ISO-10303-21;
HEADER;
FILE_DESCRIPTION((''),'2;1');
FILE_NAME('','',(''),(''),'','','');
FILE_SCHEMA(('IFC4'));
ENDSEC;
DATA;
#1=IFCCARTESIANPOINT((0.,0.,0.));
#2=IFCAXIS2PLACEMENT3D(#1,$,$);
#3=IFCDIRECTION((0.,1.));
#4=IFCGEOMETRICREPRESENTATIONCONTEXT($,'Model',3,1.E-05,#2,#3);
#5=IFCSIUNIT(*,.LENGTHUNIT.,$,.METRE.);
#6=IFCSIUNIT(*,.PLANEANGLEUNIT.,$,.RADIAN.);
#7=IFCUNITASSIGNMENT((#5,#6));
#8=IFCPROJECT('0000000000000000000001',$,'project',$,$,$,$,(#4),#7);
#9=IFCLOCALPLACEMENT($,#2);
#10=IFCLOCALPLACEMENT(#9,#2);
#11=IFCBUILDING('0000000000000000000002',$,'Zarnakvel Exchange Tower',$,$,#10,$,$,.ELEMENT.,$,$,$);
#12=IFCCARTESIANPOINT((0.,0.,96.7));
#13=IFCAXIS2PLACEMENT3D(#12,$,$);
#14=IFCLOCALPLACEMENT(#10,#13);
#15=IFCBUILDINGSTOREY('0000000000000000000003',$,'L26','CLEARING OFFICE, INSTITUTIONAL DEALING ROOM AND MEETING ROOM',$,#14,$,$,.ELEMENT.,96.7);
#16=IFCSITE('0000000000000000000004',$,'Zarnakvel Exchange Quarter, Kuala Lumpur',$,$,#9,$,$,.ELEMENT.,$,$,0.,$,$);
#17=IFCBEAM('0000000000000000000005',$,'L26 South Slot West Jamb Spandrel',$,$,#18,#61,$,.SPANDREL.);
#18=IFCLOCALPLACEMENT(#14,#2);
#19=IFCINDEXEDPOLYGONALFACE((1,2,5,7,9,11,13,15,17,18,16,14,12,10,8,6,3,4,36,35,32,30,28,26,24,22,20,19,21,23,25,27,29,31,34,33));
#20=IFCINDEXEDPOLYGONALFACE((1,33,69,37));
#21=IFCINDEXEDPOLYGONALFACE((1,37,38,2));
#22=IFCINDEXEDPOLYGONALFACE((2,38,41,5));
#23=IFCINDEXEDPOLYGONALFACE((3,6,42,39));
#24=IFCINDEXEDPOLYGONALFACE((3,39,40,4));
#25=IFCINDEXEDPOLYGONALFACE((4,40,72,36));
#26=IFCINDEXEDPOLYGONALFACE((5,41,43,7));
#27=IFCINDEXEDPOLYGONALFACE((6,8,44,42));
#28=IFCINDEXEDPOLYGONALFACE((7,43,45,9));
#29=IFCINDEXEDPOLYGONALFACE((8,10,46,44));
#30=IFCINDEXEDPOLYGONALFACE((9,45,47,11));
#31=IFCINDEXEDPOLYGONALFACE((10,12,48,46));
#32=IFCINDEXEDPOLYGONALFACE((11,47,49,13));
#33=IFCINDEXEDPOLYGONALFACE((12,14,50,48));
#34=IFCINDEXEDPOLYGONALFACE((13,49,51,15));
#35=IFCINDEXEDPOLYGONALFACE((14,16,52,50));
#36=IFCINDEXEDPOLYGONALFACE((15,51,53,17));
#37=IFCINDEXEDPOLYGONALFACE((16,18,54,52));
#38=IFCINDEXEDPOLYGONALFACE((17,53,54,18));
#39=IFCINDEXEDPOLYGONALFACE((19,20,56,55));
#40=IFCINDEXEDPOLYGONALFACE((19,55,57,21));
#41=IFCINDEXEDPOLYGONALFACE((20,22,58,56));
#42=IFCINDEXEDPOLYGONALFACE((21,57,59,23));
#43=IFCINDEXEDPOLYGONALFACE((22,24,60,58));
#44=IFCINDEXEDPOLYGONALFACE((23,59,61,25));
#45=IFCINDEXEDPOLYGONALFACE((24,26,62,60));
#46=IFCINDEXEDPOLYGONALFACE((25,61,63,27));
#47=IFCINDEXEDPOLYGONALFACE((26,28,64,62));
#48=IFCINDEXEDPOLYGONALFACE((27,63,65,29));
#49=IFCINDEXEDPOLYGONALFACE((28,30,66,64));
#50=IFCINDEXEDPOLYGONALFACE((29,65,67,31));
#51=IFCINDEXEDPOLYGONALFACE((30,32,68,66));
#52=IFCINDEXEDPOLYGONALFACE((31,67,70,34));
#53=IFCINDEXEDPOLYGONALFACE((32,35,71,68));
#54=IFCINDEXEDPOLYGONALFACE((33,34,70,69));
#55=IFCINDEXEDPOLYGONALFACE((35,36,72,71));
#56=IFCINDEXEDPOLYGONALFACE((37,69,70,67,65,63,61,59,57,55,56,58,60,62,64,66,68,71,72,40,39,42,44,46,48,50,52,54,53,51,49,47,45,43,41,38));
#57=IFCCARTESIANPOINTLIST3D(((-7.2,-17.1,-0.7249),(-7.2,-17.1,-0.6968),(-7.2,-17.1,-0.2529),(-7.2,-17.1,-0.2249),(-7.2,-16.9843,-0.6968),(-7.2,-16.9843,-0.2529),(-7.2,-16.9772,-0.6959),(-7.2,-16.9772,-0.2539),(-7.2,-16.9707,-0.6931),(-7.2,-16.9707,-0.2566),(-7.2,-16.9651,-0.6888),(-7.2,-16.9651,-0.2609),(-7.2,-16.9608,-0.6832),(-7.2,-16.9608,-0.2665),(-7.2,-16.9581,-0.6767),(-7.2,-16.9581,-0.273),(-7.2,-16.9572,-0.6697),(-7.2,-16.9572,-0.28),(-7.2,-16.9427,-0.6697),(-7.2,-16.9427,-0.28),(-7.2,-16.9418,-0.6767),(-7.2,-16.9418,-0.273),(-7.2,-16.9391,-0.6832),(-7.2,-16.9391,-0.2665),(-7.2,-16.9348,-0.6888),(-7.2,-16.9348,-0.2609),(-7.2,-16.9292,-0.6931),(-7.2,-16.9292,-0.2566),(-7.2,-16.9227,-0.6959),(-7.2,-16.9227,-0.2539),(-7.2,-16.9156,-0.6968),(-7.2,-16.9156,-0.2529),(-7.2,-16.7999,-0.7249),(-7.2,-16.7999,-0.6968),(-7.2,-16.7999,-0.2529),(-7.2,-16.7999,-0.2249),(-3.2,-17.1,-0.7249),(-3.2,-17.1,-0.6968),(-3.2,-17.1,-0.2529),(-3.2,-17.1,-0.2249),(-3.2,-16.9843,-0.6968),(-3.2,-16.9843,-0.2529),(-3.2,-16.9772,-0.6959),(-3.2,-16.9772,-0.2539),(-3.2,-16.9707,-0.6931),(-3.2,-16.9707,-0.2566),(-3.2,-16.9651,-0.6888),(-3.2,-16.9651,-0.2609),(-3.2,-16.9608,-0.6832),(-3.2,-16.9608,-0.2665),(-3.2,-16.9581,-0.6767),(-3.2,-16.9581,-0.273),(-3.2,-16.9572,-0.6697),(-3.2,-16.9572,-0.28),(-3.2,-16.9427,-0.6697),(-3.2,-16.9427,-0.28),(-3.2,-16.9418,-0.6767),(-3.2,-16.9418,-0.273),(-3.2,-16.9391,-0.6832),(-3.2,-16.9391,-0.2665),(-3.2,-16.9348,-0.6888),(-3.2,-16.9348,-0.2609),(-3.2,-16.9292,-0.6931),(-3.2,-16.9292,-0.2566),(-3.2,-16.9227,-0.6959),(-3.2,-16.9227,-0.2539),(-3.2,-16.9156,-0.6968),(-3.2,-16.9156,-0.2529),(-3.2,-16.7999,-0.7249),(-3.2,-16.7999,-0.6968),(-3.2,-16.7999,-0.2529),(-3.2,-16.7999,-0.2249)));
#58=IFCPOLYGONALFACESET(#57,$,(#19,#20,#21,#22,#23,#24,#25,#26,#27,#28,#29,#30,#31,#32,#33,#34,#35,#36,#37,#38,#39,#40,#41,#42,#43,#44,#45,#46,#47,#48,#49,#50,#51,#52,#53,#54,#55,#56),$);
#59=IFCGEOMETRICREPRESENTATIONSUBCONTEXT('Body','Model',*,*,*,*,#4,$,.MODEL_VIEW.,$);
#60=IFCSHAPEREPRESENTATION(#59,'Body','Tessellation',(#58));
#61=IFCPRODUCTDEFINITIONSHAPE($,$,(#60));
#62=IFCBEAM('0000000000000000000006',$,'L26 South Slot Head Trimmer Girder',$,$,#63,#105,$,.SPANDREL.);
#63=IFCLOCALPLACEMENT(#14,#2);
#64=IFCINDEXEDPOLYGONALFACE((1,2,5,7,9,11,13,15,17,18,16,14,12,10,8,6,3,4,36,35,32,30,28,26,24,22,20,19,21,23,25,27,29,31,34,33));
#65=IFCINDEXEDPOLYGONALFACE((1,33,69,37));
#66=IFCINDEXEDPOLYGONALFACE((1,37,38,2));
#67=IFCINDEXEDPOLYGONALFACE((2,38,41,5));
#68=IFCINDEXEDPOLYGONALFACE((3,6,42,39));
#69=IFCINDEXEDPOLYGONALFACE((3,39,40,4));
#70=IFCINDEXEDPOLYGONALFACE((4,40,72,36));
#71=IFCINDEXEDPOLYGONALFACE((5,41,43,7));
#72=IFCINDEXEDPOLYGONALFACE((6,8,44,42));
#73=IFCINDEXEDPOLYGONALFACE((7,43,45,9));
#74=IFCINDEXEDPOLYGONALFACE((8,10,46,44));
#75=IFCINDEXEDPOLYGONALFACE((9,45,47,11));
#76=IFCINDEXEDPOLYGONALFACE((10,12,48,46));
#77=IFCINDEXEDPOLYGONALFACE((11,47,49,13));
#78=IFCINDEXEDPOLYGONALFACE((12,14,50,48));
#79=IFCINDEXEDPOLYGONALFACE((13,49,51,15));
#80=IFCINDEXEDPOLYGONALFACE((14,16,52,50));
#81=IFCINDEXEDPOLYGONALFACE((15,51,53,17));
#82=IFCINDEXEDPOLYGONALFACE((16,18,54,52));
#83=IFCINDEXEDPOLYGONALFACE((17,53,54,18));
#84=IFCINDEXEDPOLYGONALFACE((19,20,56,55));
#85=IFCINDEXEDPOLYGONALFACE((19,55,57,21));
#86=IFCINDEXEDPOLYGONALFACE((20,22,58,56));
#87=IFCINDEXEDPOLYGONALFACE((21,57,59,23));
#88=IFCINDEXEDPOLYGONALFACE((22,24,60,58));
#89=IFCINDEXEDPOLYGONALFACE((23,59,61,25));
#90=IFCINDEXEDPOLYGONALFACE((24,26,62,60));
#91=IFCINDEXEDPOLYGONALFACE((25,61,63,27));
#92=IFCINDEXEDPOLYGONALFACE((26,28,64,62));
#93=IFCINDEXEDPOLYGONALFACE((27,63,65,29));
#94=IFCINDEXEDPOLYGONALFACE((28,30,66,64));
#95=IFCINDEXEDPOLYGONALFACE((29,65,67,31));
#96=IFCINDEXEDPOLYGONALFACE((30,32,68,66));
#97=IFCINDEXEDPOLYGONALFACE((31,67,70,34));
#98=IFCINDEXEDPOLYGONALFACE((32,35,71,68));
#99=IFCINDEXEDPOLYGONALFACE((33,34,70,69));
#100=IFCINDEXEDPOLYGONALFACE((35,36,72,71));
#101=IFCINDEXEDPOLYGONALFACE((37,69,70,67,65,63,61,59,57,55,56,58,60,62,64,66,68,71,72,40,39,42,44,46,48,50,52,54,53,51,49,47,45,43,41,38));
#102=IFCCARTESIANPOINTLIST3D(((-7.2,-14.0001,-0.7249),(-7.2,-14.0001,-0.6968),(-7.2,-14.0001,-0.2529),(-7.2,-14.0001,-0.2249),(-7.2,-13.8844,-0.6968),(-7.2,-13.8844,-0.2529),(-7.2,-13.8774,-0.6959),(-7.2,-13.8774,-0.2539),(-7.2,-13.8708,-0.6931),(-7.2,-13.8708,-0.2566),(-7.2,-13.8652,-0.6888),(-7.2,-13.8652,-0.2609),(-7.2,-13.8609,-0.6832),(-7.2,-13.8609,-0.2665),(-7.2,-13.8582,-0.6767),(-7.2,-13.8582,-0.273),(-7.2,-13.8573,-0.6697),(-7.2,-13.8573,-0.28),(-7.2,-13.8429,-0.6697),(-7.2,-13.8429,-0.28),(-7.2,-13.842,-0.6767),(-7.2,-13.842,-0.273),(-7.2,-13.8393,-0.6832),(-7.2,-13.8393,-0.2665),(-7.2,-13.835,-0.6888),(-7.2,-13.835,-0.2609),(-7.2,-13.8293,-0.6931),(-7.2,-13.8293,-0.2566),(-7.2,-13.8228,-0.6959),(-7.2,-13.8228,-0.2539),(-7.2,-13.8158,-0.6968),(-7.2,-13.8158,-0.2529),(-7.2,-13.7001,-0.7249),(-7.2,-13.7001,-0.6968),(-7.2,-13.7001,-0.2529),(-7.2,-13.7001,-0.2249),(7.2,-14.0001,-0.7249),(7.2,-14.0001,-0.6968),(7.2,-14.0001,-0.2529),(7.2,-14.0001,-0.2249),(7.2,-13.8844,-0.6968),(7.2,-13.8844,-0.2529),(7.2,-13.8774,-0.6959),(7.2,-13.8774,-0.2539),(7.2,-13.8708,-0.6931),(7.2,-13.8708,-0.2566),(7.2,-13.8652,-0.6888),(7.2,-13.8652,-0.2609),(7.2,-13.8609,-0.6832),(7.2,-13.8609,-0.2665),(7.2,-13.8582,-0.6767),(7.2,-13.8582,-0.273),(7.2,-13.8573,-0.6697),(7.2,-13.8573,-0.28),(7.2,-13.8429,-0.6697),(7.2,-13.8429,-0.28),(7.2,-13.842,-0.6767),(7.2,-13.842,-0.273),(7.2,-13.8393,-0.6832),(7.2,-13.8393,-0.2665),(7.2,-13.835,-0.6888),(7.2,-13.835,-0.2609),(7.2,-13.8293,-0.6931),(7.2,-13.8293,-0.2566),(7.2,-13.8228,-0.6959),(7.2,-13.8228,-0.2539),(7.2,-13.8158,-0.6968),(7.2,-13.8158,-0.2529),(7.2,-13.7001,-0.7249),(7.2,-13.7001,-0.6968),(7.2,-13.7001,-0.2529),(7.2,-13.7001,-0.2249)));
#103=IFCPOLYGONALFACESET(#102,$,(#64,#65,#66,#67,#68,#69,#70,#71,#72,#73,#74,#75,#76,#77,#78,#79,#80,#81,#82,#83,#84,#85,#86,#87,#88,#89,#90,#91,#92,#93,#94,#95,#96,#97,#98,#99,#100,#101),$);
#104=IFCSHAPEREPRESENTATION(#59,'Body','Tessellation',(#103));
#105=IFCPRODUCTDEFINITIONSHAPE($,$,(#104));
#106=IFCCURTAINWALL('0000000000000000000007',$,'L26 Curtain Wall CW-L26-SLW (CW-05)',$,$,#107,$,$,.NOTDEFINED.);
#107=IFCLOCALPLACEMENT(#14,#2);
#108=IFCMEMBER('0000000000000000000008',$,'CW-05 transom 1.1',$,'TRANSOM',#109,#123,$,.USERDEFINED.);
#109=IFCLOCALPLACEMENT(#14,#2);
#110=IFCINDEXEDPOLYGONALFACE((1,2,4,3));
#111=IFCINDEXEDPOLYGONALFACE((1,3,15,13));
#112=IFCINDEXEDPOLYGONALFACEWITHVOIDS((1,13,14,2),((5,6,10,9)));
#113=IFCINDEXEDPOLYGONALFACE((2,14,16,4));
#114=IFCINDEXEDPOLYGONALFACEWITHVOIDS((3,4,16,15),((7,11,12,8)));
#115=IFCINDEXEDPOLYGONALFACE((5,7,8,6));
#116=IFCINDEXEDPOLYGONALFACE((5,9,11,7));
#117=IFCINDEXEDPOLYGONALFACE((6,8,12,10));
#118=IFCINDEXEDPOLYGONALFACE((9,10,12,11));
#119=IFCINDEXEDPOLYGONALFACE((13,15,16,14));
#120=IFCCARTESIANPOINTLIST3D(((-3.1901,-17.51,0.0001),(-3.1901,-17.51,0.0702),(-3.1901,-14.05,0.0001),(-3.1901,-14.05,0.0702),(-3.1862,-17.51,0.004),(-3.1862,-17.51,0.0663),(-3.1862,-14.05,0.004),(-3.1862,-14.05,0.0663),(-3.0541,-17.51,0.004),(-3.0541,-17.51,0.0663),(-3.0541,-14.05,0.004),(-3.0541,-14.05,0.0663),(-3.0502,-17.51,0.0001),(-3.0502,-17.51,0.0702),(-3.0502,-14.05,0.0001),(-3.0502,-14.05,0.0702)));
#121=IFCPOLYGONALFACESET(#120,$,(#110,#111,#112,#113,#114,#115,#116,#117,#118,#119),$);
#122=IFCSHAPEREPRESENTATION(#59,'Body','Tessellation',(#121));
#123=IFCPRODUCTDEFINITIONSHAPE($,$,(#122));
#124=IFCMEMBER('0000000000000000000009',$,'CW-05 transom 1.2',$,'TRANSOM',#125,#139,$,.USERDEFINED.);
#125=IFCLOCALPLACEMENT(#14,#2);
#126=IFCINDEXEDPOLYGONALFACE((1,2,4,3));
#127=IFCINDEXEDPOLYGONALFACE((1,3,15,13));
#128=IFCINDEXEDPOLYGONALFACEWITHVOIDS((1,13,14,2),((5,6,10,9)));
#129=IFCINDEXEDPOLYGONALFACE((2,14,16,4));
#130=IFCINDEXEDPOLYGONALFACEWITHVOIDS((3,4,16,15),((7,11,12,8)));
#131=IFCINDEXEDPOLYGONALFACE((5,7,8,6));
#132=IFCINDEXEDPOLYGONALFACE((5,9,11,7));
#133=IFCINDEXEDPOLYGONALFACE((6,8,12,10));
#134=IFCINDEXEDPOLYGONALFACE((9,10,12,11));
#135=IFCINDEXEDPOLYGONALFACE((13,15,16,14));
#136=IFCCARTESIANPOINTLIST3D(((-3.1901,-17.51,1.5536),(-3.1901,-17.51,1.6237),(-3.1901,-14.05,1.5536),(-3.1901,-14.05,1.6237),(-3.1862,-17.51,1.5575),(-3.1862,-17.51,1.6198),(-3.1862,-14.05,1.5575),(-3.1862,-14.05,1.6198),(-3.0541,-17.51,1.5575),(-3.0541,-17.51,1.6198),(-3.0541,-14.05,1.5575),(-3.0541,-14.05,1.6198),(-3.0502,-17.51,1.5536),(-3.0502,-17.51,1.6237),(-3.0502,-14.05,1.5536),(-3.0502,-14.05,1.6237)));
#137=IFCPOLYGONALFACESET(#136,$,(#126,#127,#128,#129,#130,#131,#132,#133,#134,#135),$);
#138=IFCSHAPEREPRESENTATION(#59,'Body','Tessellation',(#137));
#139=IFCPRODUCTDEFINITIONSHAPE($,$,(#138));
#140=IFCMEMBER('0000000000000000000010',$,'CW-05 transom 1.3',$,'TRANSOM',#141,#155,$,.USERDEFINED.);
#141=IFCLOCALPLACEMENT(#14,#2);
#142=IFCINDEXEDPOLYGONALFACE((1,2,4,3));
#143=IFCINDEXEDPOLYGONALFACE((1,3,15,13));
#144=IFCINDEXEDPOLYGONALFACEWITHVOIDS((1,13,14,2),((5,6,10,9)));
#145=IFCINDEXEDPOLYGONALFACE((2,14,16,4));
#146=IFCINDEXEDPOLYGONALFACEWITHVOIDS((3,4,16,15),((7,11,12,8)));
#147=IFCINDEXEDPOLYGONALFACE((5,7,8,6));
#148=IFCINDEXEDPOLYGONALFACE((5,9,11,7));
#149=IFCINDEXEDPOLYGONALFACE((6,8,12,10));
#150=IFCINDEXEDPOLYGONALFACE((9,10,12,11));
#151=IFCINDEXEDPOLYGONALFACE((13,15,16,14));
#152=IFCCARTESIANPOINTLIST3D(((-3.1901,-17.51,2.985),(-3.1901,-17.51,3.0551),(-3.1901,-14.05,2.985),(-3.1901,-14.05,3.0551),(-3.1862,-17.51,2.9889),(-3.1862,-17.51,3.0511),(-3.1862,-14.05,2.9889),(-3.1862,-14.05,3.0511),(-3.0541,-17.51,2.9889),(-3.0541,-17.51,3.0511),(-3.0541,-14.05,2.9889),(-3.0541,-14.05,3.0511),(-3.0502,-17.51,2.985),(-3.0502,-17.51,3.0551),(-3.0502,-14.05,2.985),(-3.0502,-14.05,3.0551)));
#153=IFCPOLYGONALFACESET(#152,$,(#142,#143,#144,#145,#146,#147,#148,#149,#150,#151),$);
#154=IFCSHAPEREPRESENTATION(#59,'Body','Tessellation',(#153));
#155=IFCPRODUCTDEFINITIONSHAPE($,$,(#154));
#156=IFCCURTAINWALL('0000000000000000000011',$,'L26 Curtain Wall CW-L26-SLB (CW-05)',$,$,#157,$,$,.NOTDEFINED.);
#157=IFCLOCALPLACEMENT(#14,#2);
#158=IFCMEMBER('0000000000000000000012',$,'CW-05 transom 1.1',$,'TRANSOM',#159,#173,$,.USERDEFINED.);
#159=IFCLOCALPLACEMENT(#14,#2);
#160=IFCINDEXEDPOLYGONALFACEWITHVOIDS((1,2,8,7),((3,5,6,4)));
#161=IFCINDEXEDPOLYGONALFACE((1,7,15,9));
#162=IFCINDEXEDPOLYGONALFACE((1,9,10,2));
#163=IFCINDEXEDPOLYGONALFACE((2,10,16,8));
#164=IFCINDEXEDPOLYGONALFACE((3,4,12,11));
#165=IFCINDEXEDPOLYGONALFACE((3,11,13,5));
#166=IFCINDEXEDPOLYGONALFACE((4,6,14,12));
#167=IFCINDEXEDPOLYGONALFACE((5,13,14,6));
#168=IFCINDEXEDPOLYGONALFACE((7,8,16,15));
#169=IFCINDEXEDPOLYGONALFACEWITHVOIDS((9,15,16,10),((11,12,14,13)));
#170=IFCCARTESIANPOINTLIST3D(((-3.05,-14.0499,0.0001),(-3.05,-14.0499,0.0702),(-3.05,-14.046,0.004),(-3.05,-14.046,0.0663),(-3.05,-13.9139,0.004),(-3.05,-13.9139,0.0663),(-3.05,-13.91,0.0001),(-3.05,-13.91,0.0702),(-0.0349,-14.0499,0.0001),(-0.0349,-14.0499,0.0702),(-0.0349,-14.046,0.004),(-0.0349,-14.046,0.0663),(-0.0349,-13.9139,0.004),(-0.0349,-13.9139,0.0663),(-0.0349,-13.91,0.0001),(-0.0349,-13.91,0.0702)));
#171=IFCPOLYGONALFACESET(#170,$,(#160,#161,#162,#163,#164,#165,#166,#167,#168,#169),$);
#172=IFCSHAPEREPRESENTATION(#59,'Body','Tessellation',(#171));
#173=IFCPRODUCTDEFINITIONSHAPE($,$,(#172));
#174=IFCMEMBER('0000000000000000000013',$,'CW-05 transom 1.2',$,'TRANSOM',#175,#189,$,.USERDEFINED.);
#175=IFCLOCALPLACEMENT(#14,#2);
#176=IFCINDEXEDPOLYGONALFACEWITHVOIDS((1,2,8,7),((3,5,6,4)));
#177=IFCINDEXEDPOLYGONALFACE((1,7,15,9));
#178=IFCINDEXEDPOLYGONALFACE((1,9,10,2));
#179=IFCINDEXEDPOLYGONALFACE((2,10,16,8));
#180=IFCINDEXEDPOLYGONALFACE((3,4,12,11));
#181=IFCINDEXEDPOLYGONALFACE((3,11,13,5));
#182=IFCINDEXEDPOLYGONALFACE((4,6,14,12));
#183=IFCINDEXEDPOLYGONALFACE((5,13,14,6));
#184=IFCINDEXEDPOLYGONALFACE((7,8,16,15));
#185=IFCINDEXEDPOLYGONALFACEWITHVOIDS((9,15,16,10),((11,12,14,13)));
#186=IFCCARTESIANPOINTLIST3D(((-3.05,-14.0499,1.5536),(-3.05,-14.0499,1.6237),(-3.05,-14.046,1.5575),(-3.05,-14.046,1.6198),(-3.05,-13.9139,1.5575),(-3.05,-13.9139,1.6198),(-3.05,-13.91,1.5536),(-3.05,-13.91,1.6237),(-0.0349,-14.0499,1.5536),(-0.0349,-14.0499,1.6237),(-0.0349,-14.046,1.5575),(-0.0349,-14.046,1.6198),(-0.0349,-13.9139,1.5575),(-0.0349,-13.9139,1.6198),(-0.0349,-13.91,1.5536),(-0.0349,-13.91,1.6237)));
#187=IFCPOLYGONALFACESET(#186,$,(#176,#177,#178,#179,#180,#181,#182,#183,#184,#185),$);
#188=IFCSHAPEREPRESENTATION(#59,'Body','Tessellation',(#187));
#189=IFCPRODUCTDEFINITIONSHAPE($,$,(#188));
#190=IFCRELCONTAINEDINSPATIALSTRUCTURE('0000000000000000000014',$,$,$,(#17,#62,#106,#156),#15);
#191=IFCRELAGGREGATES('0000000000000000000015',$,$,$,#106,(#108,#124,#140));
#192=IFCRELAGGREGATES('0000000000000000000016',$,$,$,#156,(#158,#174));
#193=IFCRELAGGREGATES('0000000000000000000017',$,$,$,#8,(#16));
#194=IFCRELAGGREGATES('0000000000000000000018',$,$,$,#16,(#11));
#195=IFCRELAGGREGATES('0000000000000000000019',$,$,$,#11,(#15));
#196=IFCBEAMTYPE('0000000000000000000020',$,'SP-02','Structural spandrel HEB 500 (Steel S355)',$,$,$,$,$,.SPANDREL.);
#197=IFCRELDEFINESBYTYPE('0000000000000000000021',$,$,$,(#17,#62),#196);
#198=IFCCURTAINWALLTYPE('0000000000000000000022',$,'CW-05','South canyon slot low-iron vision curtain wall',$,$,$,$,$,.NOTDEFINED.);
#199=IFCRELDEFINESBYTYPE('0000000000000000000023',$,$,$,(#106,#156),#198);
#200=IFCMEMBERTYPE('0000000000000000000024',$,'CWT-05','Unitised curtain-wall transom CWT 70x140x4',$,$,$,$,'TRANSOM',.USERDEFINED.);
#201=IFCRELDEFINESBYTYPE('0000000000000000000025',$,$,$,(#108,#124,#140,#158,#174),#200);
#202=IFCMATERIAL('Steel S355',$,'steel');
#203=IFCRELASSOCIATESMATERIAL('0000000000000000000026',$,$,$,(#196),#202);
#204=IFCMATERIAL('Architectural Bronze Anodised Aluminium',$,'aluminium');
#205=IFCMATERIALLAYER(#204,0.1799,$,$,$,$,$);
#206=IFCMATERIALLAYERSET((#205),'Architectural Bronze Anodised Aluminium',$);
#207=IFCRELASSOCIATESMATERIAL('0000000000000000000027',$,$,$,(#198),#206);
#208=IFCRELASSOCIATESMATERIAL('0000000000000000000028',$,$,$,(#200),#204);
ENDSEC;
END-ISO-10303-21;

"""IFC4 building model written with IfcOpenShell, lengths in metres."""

from ifc_helpers import new_model, si_unit, direction, frame, origin, origin_2d, place, context, subcontext, project, spatial, hollow_rectangle, i_section, extrude, source, transform, mapped, material, layer, layer_set, material_profile, profile_set, type_object, element, aggregate, save


model = new_model("IFC4")

# Units and contexts
model_context = context("Model", 3, precision=1e-05, world=origin(), true_north=direction((0.0, 1.0)))
body_context = subcontext(model_context, "Body", "Model", "MODEL_VIEW")
ifc_project = project(units=[si_unit("LENGTHUNIT", "METRE"), si_unit("PLANEANGLEUNIT", "RADIAN")], contexts=[model_context])

# Site, building, storey
site_placement = place(None, origin())
site = spatial("IfcSite", under=ifc_project, at=site_placement, Name="Zarnakvel Exchange Quarter, Kuala Lumpur", CompositionType="ELEMENT", RefElevation=0.0)
building_placement = place(site_placement, origin())
building = spatial("IfcBuilding", under=site, at=building_placement, Name="Zarnakvel Exchange Tower", CompositionType="ELEMENT")
storey_placement = place(building_placement, frame((0.0, 0.0, 96.7)))
storey = spatial("IfcBuildingStorey", under=building, at=storey_placement, Name="L26", Description="CLEARING OFFICE, INSTITUTIONAL DEALING ROOM AND MEETING ROOM", CompositionType="ELEMENT", Elevation=96.7)

# Beams
ifc_material_1 = material(Name="Steel S355", Category="steel")
ifc_material_profile_1 = material_profile(ifc_material_1, i_section(OverallWidth=0.3, OverallDepth=0.5, WebThickness=0.0144, FlangeThickness=0.0281, FilletRadius=0.0271, at=origin_2d()))
ifc_profile_set_1 = profile_set([ifc_material_profile_1], Name="Steel S355")
beam_type_1 = type_object("IfcBeamType", Name="SP-02", Description="Structural spandrel HEB 500 (Steel S355)", PredefinedType="SPANDREL", material=ifc_profile_set_1)
beam_1_placement = place(storey_placement, frame((-7.2, -16.95, -0.4749), z_axis=(1.0, 0.0, 0.0), x_axis=(0.0, 1.0, 0.0)))
element("IfcBeam", 1, at=beam_1_placement, inside=storey, type_object=beam_type_1, Name="L26 South Slot West Jamb Spandrel", PredefinedType="SPANDREL", context=body_context, shape_type="SweptSolid", body=[
    extrude(i_section(OverallWidth=0.3, OverallDepth=0.5, WebThickness=0.0144, FlangeThickness=0.0281, FilletRadius=0.0271, at=origin_2d()), origin(), (0.0, 0.0, 1.0), 4.0),
])
beam_2_placement = place(storey_placement, frame((-7.2, -13.8501, -0.4749), z_axis=(1.0, 0.0, 0.0), x_axis=(0.0, 1.0, 0.0)))
element("IfcBeam", 2, at=beam_2_placement, inside=storey, type_object=beam_type_1, Name="L26 South Slot Head Trimmer Girder", PredefinedType="SPANDREL", context=body_context, shape_type="SweptSolid", body=[
    extrude(i_section(OverallWidth=0.3, OverallDepth=0.5, WebThickness=0.0144, FlangeThickness=0.0281, FilletRadius=0.0271, at=origin_2d()), origin(), (0.0, 0.0, 1.0), 14.3999),
])

# Curtain walls, members
ifc_material_2 = material(Name="Architectural Bronze Anodised Aluminium", Category="aluminium")
ifc_layer_1 = layer(ifc_material_2, 0.1799)
ifc_layer_set_1 = layer_set([ifc_layer_1], Name="Architectural Bronze Anodised Aluminium")
curtain_wall_type = type_object("IfcCurtainWallType", Name="CW-05", Description="South canyon slot low-iron vision curtain wall", PredefinedType="NOTDEFINED", material=ifc_layer_set_1)
curtain_wall_1_placement = place(storey_placement, origin())
curtain_wall_1 = element("IfcCurtainWall", 3, at=curtain_wall_1_placement, inside=storey, type_object=curtain_wall_type, Name="L26 Curtain Wall CW-L26-SLW (CW-05)", PredefinedType="NOTDEFINED")
ifc_material_profile_2 = material_profile(ifc_material_2, hollow_rectangle(XDim=0.1399, YDim=0.0701, WallThickness=0.0039, at=origin_2d()))
ifc_profile_set_2 = profile_set([ifc_material_profile_2], Name="Architectural Bronze Anodised Aluminium")
member_type_1 = type_object("IfcMemberType", Name="CWT-05", Description="Unitised curtain-wall transom CWT 70x140x4", ElementType="TRANSOM", PredefinedType="USERDEFINED", material=ifc_profile_set_2)
shared_shape_1 = source(origin(), body_context, "Body", "SweptSolid", [
    extrude(hollow_rectangle(XDim=0.1399, YDim=0.0701, WallThickness=0.0039, at=origin_2d()), origin(), (0.0, 0.0, 1.0), 3.46),
])
member_1_placement = place(storey_placement, frame((-3.1201, -17.51, 0.0352), z_axis=(0.0, 1.0, 0.0), x_axis=(-1.0, 0.0, 0.0)))
member_1 = element("IfcMember", 4, at=member_1_placement, type_object=member_type_1, Name="CW-05 transom 1.1", ObjectType="TRANSOM", PredefinedType="USERDEFINED", context=body_context, shape_type="MappedRepresentation", body=[
    mapped(shared_shape_1, transform((0.0, 0.0, 0.0), x_axis=(1.0, 0.0, 0.0), y_axis=(0.0, 1.0, 0.0), z_axis=(0.0, 0.0, 1.0), scale=1.0)),
])
member_2_placement = place(storey_placement, frame((-3.1201, -17.51, 1.5886), z_axis=(0.0, 1.0, 0.0), x_axis=(-1.0, 0.0, 0.0)))
member_2 = element("IfcMember", 5, at=member_2_placement, type_object=member_type_1, Name="CW-05 transom 1.2", ObjectType="TRANSOM", PredefinedType="USERDEFINED", context=body_context, shape_type="MappedRepresentation", body=[
    mapped(shared_shape_1, transform((0.0, 0.0, 0.0), x_axis=(1.0, 0.0, 0.0), y_axis=(0.0, 1.0, 0.0), z_axis=(0.0, 0.0, 1.0), scale=1.0)),
])
member_3_placement = place(storey_placement, frame((-3.1201, -17.51, 3.02), z_axis=(0.0, 1.0, 0.0), x_axis=(-1.0, 0.0, 0.0)))
member_3 = element("IfcMember", 6, at=member_3_placement, type_object=member_type_1, Name="CW-05 transom 1.3", ObjectType="TRANSOM", PredefinedType="USERDEFINED", context=body_context, shape_type="MappedRepresentation", body=[
    mapped(shared_shape_1, transform((0.0, 0.0, 0.0), x_axis=(1.0, 0.0, 0.0), y_axis=(0.0, 1.0, 0.0), z_axis=(0.0, 0.0, 1.0), scale=1.0)),
])
curtain_wall_2_placement = place(storey_placement, origin())
curtain_wall_2 = element("IfcCurtainWall", 7, at=curtain_wall_2_placement, inside=storey, type_object=curtain_wall_type, Name="L26 Curtain Wall CW-L26-SLB (CW-05)", PredefinedType="NOTDEFINED")
shared_shape_2 = source(origin(), body_context, "Body", "SweptSolid", [
    extrude(hollow_rectangle(XDim=0.1399, YDim=0.0701, WallThickness=0.0039, at=origin_2d()), origin(), (0.0, 0.0, 1.0), 3.0151),
])
member_4_placement = place(storey_placement, frame((-3.05, -13.98, 0.0352), z_axis=(1.0, 0.0, 0.0), x_axis=(0.0, 1.0, 0.0)))
member_4 = element("IfcMember", 8, at=member_4_placement, type_object=member_type_1, Name="CW-05 transom 1.1", ObjectType="TRANSOM", PredefinedType="USERDEFINED", context=body_context, shape_type="MappedRepresentation", body=[
    mapped(shared_shape_2, transform((0.0, 0.0, 0.0), x_axis=(1.0, 0.0, 0.0), y_axis=(0.0, 1.0, 0.0), z_axis=(0.0, 0.0, 1.0), scale=1.0)),
])
member_5_placement = place(storey_placement, frame((-3.05, -13.98, 1.5886), z_axis=(1.0, 0.0, 0.0), x_axis=(0.0, 1.0, 0.0)))
member_5 = element("IfcMember", 9, at=member_5_placement, type_object=member_type_1, Name="CW-05 transom 1.2", ObjectType="TRANSOM", PredefinedType="USERDEFINED", context=body_context, shape_type="MappedRepresentation", body=[
    mapped(shared_shape_2, transform((0.0, 0.0, 0.0), x_axis=(1.0, 0.0, 0.0), y_axis=(0.0, 1.0, 0.0), z_axis=(0.0, 0.0, 1.0), scale=1.0)),
])

aggregate(curtain_wall_1, [member_1, member_2, member_3])
aggregate(curtain_wall_2, [member_4, member_5])

save(model, "model.ifc")
